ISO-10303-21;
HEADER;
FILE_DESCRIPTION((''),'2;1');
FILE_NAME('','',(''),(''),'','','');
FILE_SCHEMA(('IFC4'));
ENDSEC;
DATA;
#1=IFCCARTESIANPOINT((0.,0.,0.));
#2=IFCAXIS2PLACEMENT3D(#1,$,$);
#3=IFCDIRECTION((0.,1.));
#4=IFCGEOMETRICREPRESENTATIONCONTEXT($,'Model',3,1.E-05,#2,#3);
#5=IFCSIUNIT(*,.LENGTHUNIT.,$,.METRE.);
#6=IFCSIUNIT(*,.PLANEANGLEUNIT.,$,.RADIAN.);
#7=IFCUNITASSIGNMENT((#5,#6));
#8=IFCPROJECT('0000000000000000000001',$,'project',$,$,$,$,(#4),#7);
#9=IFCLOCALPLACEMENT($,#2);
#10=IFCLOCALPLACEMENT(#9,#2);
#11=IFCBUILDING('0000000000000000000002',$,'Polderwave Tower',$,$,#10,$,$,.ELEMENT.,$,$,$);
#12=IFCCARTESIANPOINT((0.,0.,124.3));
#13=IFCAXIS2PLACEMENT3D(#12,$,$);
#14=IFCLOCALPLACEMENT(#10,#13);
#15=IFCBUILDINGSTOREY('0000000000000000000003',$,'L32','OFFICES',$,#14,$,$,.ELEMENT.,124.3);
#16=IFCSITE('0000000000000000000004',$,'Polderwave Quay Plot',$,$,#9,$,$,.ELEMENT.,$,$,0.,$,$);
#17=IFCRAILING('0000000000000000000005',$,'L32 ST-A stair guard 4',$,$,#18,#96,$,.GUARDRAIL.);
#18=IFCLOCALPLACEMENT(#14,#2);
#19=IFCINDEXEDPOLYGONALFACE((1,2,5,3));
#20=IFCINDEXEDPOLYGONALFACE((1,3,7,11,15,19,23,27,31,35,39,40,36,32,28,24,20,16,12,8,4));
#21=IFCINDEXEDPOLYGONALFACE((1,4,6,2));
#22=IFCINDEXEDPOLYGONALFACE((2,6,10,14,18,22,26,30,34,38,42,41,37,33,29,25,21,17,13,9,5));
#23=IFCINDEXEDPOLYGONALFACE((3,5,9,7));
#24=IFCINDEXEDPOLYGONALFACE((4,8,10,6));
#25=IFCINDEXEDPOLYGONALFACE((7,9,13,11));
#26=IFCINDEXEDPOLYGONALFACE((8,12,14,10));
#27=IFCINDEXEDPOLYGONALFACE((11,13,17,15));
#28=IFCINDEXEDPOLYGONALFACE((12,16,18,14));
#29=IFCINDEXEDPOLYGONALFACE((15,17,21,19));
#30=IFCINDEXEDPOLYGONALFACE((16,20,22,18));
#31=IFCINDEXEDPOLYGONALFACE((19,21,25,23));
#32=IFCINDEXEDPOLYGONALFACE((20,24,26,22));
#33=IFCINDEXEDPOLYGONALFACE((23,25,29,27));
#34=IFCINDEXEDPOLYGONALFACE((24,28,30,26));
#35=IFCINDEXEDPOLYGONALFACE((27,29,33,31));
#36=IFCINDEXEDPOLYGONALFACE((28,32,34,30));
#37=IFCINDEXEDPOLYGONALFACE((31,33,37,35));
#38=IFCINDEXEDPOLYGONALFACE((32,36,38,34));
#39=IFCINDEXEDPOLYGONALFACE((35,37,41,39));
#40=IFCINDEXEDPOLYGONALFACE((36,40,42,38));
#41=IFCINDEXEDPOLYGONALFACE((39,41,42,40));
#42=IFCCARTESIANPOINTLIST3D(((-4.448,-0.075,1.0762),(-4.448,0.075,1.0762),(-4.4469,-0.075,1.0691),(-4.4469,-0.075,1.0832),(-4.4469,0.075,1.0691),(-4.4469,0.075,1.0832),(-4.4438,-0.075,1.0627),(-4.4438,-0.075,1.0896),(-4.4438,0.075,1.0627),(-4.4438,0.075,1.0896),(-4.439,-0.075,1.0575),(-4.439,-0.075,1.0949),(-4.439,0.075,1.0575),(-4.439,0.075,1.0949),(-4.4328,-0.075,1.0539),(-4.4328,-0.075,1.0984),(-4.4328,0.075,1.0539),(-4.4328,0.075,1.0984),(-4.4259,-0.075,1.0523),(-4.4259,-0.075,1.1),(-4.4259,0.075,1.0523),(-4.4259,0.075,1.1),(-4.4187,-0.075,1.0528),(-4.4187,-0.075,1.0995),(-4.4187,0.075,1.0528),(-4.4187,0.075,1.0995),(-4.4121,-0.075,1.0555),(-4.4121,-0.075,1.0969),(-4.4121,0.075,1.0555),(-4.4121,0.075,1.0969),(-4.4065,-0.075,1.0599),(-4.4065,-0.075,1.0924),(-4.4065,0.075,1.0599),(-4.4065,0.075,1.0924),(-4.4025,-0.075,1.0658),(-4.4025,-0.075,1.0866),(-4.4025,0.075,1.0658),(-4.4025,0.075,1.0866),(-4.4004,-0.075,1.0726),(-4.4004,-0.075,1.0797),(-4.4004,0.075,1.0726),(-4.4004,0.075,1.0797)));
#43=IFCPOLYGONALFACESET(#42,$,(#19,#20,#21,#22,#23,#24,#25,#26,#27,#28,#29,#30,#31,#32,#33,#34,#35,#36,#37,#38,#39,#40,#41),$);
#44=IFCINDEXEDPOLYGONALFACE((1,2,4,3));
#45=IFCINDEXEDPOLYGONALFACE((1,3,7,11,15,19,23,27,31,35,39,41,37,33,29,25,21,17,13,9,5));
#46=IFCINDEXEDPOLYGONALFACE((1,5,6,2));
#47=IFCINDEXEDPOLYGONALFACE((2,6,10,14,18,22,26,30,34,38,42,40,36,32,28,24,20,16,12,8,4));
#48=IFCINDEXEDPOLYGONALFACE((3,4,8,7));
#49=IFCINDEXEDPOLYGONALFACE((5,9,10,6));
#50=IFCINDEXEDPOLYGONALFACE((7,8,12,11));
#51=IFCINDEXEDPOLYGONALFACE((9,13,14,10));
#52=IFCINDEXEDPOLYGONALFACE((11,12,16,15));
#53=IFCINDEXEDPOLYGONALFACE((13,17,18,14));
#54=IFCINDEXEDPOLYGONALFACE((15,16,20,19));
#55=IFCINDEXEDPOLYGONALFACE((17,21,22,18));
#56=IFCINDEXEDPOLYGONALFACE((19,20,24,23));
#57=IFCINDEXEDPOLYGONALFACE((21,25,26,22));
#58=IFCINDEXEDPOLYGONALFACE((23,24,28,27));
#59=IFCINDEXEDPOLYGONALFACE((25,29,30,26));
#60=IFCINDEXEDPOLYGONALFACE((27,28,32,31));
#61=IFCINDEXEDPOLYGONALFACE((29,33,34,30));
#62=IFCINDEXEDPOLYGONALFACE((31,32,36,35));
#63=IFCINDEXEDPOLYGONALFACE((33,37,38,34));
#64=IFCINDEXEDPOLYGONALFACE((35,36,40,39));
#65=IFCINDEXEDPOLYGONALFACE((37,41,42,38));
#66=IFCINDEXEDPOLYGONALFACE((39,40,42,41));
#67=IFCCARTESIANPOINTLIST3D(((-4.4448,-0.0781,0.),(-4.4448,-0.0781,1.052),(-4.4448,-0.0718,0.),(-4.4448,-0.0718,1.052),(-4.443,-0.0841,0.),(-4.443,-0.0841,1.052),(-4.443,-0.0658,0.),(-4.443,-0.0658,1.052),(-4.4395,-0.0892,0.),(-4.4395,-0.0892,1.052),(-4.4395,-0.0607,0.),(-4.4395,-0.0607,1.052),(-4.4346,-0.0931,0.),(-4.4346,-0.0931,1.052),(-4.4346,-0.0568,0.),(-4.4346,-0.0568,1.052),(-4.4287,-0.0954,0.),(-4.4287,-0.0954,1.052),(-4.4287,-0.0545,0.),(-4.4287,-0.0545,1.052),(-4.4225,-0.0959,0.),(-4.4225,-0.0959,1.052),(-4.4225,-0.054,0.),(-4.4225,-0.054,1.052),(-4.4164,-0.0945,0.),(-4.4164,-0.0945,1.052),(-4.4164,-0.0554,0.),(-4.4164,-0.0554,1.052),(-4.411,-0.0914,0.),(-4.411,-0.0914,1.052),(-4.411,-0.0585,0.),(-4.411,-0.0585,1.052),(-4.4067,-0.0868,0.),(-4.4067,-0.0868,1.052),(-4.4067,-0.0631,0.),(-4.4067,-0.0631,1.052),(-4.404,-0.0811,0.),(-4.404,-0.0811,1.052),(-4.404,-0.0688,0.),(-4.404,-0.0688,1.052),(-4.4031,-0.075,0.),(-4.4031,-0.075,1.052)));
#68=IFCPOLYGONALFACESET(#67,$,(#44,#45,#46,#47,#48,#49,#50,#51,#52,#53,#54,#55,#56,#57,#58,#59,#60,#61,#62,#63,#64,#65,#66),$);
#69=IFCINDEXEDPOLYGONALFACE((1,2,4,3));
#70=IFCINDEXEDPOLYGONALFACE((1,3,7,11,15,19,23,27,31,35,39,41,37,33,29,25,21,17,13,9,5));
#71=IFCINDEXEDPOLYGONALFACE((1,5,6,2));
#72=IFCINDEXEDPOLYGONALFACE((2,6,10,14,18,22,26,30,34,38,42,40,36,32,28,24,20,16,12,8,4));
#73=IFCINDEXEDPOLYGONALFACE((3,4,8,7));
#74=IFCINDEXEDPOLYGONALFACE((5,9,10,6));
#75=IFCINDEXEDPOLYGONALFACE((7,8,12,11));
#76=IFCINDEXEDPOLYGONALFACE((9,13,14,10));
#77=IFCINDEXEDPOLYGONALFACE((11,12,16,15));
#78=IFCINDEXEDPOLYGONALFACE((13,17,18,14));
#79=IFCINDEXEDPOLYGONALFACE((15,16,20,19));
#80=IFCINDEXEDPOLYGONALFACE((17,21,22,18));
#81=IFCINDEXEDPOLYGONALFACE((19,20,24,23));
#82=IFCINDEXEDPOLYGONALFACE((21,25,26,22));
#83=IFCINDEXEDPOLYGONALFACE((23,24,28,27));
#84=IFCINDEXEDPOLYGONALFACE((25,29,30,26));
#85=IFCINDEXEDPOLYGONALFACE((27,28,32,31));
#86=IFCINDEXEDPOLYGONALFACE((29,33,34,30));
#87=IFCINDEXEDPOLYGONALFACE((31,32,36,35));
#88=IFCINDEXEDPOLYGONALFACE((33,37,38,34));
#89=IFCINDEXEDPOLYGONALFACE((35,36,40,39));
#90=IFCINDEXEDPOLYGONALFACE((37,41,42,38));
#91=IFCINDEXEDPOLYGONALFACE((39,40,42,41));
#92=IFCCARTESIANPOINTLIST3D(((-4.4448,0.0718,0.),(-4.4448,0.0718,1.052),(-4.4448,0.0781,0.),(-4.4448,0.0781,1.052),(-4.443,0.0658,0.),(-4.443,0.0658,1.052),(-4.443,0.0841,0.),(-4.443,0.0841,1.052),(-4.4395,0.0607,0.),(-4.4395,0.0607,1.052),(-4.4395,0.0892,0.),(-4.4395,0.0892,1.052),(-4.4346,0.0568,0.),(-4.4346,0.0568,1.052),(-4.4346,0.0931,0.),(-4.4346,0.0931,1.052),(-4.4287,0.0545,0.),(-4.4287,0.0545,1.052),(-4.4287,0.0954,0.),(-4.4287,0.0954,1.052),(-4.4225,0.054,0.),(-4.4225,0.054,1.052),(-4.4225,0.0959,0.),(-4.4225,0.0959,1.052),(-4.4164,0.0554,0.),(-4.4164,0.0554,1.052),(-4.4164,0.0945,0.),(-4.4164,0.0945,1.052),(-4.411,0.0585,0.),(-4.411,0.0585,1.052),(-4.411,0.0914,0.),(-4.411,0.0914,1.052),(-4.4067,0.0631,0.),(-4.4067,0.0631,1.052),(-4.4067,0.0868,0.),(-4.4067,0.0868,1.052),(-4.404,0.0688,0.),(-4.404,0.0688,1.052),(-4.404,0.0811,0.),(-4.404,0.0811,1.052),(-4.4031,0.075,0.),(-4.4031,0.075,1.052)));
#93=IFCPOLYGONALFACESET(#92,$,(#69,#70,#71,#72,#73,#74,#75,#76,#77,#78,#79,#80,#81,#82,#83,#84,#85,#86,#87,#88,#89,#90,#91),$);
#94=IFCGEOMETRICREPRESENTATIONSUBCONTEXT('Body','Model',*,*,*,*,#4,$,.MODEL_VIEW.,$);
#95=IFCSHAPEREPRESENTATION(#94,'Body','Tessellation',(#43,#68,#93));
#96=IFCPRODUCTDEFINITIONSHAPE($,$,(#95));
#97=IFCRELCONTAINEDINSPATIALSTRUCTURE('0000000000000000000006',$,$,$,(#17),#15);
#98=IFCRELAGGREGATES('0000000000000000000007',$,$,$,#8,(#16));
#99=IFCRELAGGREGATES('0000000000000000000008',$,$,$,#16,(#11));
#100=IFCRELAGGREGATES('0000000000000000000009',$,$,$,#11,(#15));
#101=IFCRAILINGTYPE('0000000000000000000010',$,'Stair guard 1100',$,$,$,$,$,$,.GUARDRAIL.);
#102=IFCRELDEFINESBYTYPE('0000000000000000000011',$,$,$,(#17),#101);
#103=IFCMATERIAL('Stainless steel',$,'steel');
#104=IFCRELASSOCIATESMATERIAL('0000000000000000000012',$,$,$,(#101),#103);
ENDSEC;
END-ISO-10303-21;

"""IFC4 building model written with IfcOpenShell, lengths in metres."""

from ifc_helpers import new_model, si_unit, direction, frame, origin, origin_2d, place, context, subcontext, project, spatial, circle, extrude, material, type_object, element, save


model = new_model("IFC4")

# Units and contexts
model_context = context("Model", 3, precision=1e-05, world=origin(), true_north=direction((0.0, 1.0)))
body_context = subcontext(model_context, "Body", "Model", "MODEL_VIEW")
ifc_project = project(units=[si_unit("LENGTHUNIT", "METRE"), si_unit("PLANEANGLEUNIT", "RADIAN")], contexts=[model_context])

# Site, building, storey
site_placement = place(None, origin())
site = spatial("IfcSite", under=ifc_project, at=site_placement, Name="Polderwave Quay Plot", CompositionType="ELEMENT", RefElevation=0.0)
building_placement = place(site_placement, origin())
building = spatial("IfcBuilding", under=site, at=building_placement, Name="Polderwave Tower", CompositionType="ELEMENT")
storey_placement = place(building_placement, frame((0.0, 0.0, 124.3)))
storey = spatial("IfcBuildingStorey", under=building, at=storey_placement, Name="L32", Description="OFFICES", CompositionType="ELEMENT", Elevation=124.3)

# Shared definitions
ifc_material_1 = material(Name="Stainless steel", Category="steel")

# Railing
railing_type = type_object("IfcRailingType", Name="Stair guard 1100", PredefinedType="GUARDRAIL", material=ifc_material_1)
railing_placement = place(storey_placement, frame((-4.4241, -0.075, 0.0)))
element("IfcRailing", 1, at=railing_placement, inside=storey, type_object=railing_type, Name="L32 ST-A stair guard 4", PredefinedType="GUARDRAIL", context=body_context, shape_type="SweptSolid", body=[
    extrude(circle(Radius=0.0239, at=origin_2d()), frame((0.0, 0.0, 1.0762), z_axis=(0.0, 1.0, 0.0), x_axis=(-1.0, 0.0, 0.0)), (0.0, 0.0, 1.0), 0.1499),
    extrude(circle(Radius=0.021, at=origin_2d()), origin(), (0.0, 0.0, 1.0), 1.052),
    extrude(circle(Radius=0.021, at=origin_2d()), frame((0.0, 0.1499, 0.0)), (0.0, 0.0, 1.0), 1.052),
])

save(model, "model.ifc")
